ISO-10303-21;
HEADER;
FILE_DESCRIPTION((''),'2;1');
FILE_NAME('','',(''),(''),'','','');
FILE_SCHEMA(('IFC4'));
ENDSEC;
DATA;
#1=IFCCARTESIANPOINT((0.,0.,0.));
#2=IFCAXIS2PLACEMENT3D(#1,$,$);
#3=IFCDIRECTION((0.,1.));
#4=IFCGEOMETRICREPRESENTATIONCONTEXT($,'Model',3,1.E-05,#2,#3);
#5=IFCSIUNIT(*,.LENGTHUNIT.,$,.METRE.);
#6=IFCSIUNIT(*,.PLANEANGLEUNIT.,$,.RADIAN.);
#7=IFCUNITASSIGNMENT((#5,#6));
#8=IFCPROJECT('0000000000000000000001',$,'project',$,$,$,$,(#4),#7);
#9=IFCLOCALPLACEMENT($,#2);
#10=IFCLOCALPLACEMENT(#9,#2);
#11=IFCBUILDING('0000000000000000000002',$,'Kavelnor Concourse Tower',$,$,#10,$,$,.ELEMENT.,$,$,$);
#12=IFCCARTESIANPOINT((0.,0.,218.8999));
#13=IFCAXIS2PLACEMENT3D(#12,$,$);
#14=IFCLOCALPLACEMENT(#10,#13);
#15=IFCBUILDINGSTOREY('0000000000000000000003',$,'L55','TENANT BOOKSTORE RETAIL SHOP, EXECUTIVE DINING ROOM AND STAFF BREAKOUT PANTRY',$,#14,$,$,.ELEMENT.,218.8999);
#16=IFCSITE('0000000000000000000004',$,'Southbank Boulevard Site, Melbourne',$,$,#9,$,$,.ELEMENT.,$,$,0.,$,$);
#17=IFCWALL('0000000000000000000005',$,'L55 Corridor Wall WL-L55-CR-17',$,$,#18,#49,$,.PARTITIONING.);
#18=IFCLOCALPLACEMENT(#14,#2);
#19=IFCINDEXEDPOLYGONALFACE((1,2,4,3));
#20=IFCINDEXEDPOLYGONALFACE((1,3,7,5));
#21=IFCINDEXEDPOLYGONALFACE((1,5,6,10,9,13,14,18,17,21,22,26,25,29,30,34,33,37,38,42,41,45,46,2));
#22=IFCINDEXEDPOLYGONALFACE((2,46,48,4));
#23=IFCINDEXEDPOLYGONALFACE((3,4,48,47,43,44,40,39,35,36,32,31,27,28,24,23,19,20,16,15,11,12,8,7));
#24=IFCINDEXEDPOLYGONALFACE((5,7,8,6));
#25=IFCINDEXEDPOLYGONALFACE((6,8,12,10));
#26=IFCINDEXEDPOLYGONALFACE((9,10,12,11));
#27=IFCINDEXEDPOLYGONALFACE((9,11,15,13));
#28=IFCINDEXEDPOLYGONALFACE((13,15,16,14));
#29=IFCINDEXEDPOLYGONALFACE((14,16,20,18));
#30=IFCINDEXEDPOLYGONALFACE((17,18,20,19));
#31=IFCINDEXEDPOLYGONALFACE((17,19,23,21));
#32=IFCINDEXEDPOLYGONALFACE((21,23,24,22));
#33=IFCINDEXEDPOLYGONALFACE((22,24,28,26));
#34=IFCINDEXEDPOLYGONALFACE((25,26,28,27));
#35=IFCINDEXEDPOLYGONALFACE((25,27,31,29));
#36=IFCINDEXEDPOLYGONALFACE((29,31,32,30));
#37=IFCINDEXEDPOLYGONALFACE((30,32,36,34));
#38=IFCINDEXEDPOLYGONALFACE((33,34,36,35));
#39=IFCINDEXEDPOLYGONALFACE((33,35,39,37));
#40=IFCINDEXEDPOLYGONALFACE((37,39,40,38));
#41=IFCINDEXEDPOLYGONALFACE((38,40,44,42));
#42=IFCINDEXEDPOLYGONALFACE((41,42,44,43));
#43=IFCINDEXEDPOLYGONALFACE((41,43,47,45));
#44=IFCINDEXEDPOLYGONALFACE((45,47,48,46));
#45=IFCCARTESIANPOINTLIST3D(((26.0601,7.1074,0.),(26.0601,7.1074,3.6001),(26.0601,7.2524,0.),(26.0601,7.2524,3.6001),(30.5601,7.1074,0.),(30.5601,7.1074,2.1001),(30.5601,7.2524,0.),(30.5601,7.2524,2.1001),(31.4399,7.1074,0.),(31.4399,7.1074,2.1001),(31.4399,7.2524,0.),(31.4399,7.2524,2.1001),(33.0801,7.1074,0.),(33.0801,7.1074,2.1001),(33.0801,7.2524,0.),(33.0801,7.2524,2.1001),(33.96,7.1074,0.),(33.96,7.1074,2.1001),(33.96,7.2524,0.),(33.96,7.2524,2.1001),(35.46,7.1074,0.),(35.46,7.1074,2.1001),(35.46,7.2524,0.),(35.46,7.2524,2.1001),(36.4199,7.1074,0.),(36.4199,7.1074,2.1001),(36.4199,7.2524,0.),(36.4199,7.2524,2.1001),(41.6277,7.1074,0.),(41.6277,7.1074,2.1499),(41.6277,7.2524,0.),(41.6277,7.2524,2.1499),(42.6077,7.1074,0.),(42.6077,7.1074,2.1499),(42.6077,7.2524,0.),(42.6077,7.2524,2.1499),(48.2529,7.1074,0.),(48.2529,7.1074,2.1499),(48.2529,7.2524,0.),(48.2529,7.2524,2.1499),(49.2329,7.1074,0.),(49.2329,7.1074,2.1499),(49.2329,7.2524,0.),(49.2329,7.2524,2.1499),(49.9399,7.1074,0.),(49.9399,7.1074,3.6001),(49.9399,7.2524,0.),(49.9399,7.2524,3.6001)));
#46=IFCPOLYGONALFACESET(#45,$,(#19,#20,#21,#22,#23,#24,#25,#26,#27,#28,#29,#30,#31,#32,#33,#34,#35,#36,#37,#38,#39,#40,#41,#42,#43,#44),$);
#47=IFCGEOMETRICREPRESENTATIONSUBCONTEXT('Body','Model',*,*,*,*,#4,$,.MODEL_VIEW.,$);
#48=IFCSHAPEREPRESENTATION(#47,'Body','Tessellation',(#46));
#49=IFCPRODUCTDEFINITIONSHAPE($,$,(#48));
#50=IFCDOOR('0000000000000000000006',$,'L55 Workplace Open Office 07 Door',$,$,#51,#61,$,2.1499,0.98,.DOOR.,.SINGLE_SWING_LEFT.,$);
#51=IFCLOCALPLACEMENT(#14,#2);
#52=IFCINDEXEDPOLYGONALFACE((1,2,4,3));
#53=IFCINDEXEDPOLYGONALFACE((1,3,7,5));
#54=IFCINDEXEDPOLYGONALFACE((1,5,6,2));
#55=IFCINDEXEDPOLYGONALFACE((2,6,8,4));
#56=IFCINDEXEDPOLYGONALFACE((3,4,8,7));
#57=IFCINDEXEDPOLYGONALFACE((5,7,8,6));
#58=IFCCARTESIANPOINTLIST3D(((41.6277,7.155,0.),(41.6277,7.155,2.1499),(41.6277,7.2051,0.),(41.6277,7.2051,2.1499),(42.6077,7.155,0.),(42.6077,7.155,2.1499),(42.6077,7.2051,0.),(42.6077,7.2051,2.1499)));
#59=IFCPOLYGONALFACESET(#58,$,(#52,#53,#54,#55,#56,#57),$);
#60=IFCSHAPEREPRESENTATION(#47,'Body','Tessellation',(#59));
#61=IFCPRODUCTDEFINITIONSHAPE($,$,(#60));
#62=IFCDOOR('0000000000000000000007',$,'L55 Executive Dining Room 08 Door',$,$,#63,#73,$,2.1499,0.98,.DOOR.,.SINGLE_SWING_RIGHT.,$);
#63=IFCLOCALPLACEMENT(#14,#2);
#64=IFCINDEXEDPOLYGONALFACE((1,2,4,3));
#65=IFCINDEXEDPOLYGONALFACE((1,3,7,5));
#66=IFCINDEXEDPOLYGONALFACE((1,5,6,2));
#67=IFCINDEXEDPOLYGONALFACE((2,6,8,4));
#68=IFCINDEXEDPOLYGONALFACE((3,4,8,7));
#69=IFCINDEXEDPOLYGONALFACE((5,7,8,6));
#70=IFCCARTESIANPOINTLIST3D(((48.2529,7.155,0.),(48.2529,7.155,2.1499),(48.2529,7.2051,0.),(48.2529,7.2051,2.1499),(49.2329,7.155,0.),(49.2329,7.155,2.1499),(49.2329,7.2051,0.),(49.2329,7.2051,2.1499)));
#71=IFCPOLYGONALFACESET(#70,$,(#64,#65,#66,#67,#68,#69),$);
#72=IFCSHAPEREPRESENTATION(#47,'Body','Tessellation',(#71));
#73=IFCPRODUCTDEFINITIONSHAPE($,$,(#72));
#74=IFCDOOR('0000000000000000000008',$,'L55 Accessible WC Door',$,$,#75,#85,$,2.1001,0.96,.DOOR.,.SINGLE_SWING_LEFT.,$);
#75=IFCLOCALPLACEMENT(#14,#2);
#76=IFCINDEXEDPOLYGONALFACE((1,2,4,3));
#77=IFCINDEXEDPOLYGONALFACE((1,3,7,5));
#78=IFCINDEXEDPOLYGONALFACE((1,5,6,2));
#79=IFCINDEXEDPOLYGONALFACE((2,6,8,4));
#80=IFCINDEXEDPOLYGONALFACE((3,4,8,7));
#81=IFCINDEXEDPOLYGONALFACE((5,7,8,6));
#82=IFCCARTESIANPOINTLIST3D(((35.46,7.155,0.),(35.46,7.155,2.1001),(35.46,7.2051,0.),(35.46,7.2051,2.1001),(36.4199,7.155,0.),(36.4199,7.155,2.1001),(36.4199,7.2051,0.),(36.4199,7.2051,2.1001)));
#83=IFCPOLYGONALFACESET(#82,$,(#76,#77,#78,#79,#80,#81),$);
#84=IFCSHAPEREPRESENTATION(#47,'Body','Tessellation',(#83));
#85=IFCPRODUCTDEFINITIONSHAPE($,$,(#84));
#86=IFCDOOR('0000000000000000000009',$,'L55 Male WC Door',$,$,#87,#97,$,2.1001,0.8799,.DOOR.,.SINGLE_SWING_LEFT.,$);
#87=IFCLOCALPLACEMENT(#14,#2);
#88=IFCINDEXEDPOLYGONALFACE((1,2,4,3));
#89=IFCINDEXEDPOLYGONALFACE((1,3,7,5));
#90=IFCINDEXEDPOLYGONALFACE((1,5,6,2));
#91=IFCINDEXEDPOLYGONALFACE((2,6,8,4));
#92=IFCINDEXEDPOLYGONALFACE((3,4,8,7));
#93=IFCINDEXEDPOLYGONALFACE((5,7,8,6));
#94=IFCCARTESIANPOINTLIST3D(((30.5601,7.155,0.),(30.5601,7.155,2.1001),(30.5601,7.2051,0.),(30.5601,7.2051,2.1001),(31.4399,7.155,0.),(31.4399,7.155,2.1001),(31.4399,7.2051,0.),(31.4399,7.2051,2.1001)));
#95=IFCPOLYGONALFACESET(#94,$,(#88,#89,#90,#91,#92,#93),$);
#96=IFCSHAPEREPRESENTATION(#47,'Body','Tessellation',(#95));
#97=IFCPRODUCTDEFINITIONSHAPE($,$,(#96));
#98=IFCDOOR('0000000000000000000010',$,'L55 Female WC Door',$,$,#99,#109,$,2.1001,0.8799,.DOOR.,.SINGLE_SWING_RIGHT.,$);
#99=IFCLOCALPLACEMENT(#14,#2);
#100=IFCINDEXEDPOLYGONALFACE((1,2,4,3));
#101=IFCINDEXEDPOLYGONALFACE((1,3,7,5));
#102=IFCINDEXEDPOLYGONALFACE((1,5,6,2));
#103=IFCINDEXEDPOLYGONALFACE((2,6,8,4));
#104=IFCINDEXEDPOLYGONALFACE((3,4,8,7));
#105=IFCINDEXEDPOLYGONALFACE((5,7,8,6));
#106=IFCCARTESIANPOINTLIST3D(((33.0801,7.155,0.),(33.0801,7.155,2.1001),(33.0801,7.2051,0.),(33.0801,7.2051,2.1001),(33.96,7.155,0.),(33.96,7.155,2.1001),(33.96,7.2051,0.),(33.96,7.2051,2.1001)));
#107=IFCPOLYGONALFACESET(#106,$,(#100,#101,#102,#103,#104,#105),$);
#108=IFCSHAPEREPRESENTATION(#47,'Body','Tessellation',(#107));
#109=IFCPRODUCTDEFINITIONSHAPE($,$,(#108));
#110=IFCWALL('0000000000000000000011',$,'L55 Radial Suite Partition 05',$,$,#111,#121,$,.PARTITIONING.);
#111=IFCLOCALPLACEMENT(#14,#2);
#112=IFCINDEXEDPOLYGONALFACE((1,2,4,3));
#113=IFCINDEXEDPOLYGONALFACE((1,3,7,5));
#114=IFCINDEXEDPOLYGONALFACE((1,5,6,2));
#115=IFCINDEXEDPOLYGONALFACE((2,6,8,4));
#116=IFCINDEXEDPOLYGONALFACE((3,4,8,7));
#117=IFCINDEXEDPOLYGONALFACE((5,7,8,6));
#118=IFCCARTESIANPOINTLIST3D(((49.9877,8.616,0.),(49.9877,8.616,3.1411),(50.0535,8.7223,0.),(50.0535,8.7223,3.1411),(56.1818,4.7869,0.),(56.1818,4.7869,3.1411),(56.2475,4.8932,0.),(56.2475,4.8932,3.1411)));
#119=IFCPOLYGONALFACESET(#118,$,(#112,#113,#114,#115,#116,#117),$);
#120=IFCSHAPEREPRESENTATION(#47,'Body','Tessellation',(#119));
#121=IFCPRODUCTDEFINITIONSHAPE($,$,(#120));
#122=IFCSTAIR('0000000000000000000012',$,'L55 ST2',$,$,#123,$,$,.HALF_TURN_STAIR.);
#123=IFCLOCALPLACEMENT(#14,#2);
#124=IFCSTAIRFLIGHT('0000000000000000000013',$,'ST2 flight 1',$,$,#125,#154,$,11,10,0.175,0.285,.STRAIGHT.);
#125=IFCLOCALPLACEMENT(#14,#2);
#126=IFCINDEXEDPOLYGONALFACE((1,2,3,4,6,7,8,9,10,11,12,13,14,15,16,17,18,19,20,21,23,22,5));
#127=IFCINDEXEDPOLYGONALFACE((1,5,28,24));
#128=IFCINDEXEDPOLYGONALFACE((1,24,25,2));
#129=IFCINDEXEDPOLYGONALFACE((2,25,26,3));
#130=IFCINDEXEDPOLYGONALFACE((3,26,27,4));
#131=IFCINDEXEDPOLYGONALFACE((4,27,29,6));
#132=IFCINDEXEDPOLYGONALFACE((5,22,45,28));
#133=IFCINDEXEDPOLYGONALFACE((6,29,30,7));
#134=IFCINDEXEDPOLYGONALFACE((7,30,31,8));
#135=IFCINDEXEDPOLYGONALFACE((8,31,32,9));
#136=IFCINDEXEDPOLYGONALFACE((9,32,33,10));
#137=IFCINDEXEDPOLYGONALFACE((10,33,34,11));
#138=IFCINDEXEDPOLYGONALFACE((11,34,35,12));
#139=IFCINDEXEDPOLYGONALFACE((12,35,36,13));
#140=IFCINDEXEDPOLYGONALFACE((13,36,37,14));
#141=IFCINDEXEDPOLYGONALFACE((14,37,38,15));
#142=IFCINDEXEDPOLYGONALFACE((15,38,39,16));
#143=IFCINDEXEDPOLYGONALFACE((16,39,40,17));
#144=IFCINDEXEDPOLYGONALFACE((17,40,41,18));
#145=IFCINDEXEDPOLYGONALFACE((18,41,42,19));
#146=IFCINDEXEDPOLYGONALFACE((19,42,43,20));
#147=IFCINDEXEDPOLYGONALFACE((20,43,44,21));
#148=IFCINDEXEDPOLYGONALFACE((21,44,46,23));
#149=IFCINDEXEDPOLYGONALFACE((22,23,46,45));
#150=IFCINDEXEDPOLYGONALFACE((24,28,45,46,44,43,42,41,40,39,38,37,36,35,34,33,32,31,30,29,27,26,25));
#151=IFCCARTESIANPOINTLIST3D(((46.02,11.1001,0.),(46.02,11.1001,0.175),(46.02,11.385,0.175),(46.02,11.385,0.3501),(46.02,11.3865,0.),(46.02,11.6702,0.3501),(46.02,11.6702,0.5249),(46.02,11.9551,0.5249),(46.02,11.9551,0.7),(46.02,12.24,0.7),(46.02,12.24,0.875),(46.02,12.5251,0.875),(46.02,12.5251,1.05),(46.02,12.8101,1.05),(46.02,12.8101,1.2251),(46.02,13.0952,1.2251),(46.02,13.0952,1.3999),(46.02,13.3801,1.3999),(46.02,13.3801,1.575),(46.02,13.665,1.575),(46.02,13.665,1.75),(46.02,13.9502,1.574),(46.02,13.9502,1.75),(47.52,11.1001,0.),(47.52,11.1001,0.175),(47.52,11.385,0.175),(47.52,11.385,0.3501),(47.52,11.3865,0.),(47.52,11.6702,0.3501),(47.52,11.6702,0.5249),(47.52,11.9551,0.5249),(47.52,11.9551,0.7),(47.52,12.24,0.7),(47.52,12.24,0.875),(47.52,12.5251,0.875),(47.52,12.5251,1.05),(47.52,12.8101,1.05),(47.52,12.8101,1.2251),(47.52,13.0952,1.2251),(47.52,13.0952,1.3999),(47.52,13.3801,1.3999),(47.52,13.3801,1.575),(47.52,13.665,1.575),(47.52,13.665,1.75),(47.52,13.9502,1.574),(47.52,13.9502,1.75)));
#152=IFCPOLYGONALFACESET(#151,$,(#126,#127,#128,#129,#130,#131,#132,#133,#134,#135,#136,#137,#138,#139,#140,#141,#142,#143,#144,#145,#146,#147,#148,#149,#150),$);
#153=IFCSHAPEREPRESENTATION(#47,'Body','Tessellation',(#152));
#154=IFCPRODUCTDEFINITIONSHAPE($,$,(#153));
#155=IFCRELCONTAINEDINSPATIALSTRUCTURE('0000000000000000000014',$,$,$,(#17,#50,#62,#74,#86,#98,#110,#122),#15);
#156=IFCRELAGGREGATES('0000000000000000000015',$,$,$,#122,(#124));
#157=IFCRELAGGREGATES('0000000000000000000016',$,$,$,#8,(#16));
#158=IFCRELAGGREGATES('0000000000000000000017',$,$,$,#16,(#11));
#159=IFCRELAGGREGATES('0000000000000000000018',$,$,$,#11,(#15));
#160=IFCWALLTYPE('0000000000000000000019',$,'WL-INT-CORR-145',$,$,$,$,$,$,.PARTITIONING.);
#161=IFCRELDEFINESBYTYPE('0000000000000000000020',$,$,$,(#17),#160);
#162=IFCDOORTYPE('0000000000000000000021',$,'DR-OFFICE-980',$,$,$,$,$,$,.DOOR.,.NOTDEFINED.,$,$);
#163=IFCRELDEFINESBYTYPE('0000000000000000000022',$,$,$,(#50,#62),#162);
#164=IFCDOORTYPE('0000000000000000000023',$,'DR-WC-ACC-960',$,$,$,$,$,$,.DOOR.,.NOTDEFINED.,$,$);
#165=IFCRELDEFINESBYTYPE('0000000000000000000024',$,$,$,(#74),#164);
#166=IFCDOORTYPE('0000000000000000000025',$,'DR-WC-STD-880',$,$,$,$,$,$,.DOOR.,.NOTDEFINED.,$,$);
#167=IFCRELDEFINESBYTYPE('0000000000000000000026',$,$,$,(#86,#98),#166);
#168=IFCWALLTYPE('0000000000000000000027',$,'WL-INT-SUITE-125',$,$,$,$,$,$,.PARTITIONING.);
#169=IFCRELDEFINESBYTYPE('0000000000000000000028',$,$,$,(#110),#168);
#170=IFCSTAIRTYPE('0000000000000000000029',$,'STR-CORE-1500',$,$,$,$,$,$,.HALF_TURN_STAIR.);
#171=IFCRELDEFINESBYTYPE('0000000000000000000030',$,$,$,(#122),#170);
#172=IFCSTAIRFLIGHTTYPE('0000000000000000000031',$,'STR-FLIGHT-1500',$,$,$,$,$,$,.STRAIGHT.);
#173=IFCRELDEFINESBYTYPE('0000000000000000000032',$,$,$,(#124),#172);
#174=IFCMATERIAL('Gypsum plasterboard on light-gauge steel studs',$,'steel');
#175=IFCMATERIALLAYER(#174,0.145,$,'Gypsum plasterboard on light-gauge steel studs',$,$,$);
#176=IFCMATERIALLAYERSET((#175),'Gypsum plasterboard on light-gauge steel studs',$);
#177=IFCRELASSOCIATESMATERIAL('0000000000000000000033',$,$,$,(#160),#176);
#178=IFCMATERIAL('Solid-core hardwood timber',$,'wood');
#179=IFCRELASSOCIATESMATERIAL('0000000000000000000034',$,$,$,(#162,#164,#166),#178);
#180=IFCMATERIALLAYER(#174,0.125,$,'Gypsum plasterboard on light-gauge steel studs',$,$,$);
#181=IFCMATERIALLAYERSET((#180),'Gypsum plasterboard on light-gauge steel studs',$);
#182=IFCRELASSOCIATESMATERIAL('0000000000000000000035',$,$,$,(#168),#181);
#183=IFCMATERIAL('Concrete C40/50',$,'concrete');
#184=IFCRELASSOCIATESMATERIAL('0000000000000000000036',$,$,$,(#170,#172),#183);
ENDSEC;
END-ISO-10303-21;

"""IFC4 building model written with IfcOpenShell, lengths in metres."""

from ifc_helpers import new_model, si_unit, direction, frame, frame_2d, origin, place, context, subcontext, project, spatial, polyline, rectangle, outline, extrude, material, layer, layer_set, type_object, element, fill, aggregate, save


model = new_model("IFC4")

# Units and contexts
model_context = context("Model", 3, precision=1e-05, world=origin(), true_north=direction((0.0, 1.0)))
body_context = subcontext(model_context, "Body", "Model", "MODEL_VIEW")
ifc_project = project(units=[si_unit("LENGTHUNIT", "METRE"), si_unit("PLANEANGLEUNIT", "RADIAN")], contexts=[model_context])

# Site, building, storey
site_placement = place(None, origin())
site = spatial("IfcSite", under=ifc_project, at=site_placement, Name="Southbank Boulevard Site, Melbourne", CompositionType="ELEMENT", RefElevation=0.0)
building_placement = place(site_placement, origin())
building = spatial("IfcBuilding", under=site, at=building_placement, Name="Kavelnor Concourse Tower", CompositionType="ELEMENT")
storey_placement = place(building_placement, frame((0.0, 0.0, 218.8999)))
storey = spatial("IfcBuildingStorey", under=building, at=storey_placement, Name="L55", Description="TENANT BOOKSTORE RETAIL SHOP, EXECUTIVE DINING ROOM AND STAFF BREAKOUT PANTRY", CompositionType="ELEMENT", Elevation=218.8999)

# Shared definitions
ifc_material_1 = material(Name="Gypsum plasterboard on light-gauge steel studs", Category="steel")
ifc_layer_1 = layer(ifc_material_1, 0.145, Name="Gypsum plasterboard on light-gauge steel studs")
ifc_layer_set_1 = layer_set([ifc_layer_1], Name="Gypsum plasterboard on light-gauge steel studs")
wall_type_1 = type_object("IfcWallType", Name="WL-INT-CORR-145", PredefinedType="PARTITIONING", material=ifc_layer_set_1)
ifc_material_2 = material(Name="Solid-core hardwood timber", Category="wood")

# Wall, openings, doors
wall_1_placement = place(storey_placement, frame((49.9399, 7.1799, 0.0), z_axis=(0.0, 0.0, 1.0), x_axis=(-1.0, 0.0, 0.0)))
wall_1 = element("IfcWall", 1, at=wall_1_placement, inside=storey, type_object=wall_type_1, Name="L55 Corridor Wall WL-L55-CR-17", PredefinedType="PARTITIONING", context=body_context, shape_type="SweptSolid", body=[
    extrude(rectangle(XDim=23.8799, YDim=0.145, at=frame_2d((11.9399, 0.0))), origin(), (0.0, 0.0, 1.0), 3.6001),
])
opening_1_placement = place(wall_1_placement, frame((18.5, 0.0, 0.0)))
opening_1 = element("IfcOpeningElement", 2, at=opening_1_placement, cuts=wall_1, PredefinedType="OPENING", context=body_context, shape_type="SweptSolid", body=[
    extrude(rectangle(XDim=0.8799, YDim=2.1001, at=frame_2d((0.4399, 1.05))), frame((0.0, 0.0825, 0.0), z_axis=(0.0, -1.0, 0.0), x_axis=(1.0, 0.0, 0.0)), (0.0, 0.0, 1.0), 0.165),
])
opening_2_placement = place(wall_1_placement, frame((15.98, 0.0, 0.0)))
opening_2 = element("IfcOpeningElement", 3, at=opening_2_placement, cuts=wall_1, PredefinedType="OPENING", context=body_context, shape_type="SweptSolid", body=[
    extrude(rectangle(XDim=0.8799, YDim=2.1001, at=frame_2d((0.4399, 1.05))), frame((0.0, 0.0825, 0.0), z_axis=(0.0, -1.0, 0.0), x_axis=(1.0, 0.0, 0.0)), (0.0, 0.0, 1.0), 0.165),
])
opening_3_placement = place(wall_1_placement, frame((13.52, 0.0, 0.0)))
opening_3 = element("IfcOpeningElement", 4, at=opening_3_placement, cuts=wall_1, PredefinedType="OPENING", context=body_context, shape_type="SweptSolid", body=[
    extrude(rectangle(XDim=0.96, YDim=2.1001, at=frame_2d((0.48, 1.05))), frame((0.0, 0.0825, 0.0), z_axis=(0.0, -1.0, 0.0), x_axis=(1.0, 0.0, 0.0)), (0.0, 0.0, 1.0), 0.165),
])
opening_4_placement = place(wall_1_placement, frame((7.3323, 0.0, 0.0)))
opening_4 = element("IfcOpeningElement", 5, at=opening_4_placement, cuts=wall_1, PredefinedType="OPENING", context=body_context, shape_type="SweptSolid", body=[
    extrude(rectangle(XDim=0.98, YDim=2.1499, at=frame_2d((0.49, 1.075))), frame((0.0, 0.0825, 0.0), z_axis=(0.0, -1.0, 0.0), x_axis=(1.0, 0.0, 0.0)), (0.0, 0.0, 1.0), 0.165),
])
opening_5_placement = place(wall_1_placement, frame((0.707, 0.0, 0.0)))
opening_5 = element("IfcOpeningElement", 6, at=opening_5_placement, cuts=wall_1, PredefinedType="OPENING", context=body_context, shape_type="SweptSolid", body=[
    extrude(rectangle(XDim=0.98, YDim=2.1499, at=frame_2d((0.49, 1.075))), frame((0.0, 0.0825, 0.0), z_axis=(0.0, -1.0, 0.0), x_axis=(1.0, 0.0, 0.0)), (0.0, 0.0, 1.0), 0.165),
])
door_type_1 = type_object("IfcDoorType", Name="DR-OFFICE-980", OperationType="NOTDEFINED", PredefinedType="DOOR", material=ifc_material_2)
door_1_placement = place(opening_4_placement, origin())
door_1 = element("IfcDoor", 7, at=door_1_placement, inside=storey, type_object=door_type_1, Name="L55 Workplace Open Office 07 Door", OperationType="SINGLE_SWING_LEFT", OverallHeight=2.1499, OverallWidth=0.98, PredefinedType="DOOR", context=body_context, shape_type="SweptSolid", body=[
    extrude(rectangle(XDim=0.98, YDim=2.1499, at=frame_2d((0.49, 1.075))), frame((0.0, 0.0249, 0.0), z_axis=(0.0, -1.0, 0.0), x_axis=(1.0, 0.0, 0.0)), (0.0, 0.0, 1.0), 0.05),
])
fill(opening_4, door_1)
door_2_placement = place(opening_5_placement, origin())
door_2 = element("IfcDoor", 8, at=door_2_placement, inside=storey, type_object=door_type_1, Name="L55 Executive Dining Room 08 Door", OperationType="SINGLE_SWING_RIGHT", OverallHeight=2.1499, OverallWidth=0.98, PredefinedType="DOOR", context=body_context, shape_type="SweptSolid", body=[
    extrude(rectangle(XDim=0.98, YDim=2.1499, at=frame_2d((0.49, 1.075))), frame((0.0, 0.0249, 0.0), z_axis=(0.0, -1.0, 0.0), x_axis=(1.0, 0.0, 0.0)), (0.0, 0.0, 1.0), 0.05),
])
fill(opening_5, door_2)
door_type_2 = type_object("IfcDoorType", Name="DR-WC-ACC-960", OperationType="NOTDEFINED", PredefinedType="DOOR", material=ifc_material_2)
door_3_placement = place(opening_3_placement, origin())
door_3 = element("IfcDoor", 9, at=door_3_placement, inside=storey, type_object=door_type_2, Name="L55 Accessible WC Door", OperationType="SINGLE_SWING_LEFT", OverallHeight=2.1001, OverallWidth=0.96, PredefinedType="DOOR", context=body_context, shape_type="SweptSolid", body=[
    extrude(rectangle(XDim=0.96, YDim=2.1001, at=frame_2d((0.48, 1.05))), frame((0.0, 0.0249, 0.0), z_axis=(0.0, -1.0, 0.0), x_axis=(1.0, 0.0, 0.0)), (0.0, 0.0, 1.0), 0.05),
])
fill(opening_3, door_3)
door_type_3 = type_object("IfcDoorType", Name="DR-WC-STD-880", OperationType="NOTDEFINED", PredefinedType="DOOR", material=ifc_material_2)
door_4_placement = place(opening_1_placement, origin())
door_4 = element("IfcDoor", 10, at=door_4_placement, inside=storey, type_object=door_type_3, Name="L55 Male WC Door", OperationType="SINGLE_SWING_LEFT", OverallHeight=2.1001, OverallWidth=0.8799, PredefinedType="DOOR", context=body_context, shape_type="SweptSolid", body=[
    extrude(rectangle(XDim=0.8799, YDim=2.1001, at=frame_2d((0.4399, 1.05))), frame((0.0, 0.0249, 0.0), z_axis=(0.0, -1.0, 0.0), x_axis=(1.0, 0.0, 0.0)), (0.0, 0.0, 1.0), 0.05),
])
fill(opening_1, door_4)
door_5_placement = place(opening_2_placement, origin())
door_5 = element("IfcDoor", 11, at=door_5_placement, inside=storey, type_object=door_type_3, Name="L55 Female WC Door", OperationType="SINGLE_SWING_RIGHT", OverallHeight=2.1001, OverallWidth=0.8799, PredefinedType="DOOR", context=body_context, shape_type="SweptSolid", body=[
    extrude(rectangle(XDim=0.8799, YDim=2.1001, at=frame_2d((0.4399, 1.05))), frame((0.0, 0.0249, 0.0), z_axis=(0.0, -1.0, 0.0), x_axis=(1.0, 0.0, 0.0)), (0.0, 0.0, 1.0), 0.05),
])
fill(opening_2, door_5)

# Wall
ifc_layer_2 = layer(ifc_material_1, 0.125, Name="Gypsum plasterboard on light-gauge steel studs")
ifc_layer_set_2 = layer_set([ifc_layer_2], Name="Gypsum plasterboard on light-gauge steel studs")
wall_type_2 = type_object("IfcWallType", Name="WL-INT-SUITE-125", PredefinedType="PARTITIONING", material=ifc_layer_set_2)
wall_2_placement = place(storey_placement, frame((50.0205, 8.6692, 0.0), z_axis=(0.0, 0.0, 1.0), x_axis=(0.850593, -0.525825, 0.0)))
element("IfcWall", 12, at=wall_2_placement, inside=storey, type_object=wall_type_2, Name="L55 Radial Suite Partition 05", PredefinedType="PARTITIONING", context=body_context, shape_type="SweptSolid", body=[
    extrude(rectangle(XDim=7.282, YDim=0.125, at=frame_2d((3.6411, 0.0))), origin(), (0.0, 0.0, 1.0), 3.1411),
])

# Stair, stair flight
ifc_material_3 = material(Name="Concrete C40/50", Category="concrete")
stair_type = type_object("IfcStairType", Name="STR-CORE-1500", PredefinedType="HALF_TURN_STAIR", material=ifc_material_3)
stair_placement = place(storey_placement, origin())
stair = element("IfcStair", 13, at=stair_placement, inside=storey, type_object=stair_type, Name="L55 ST2", PredefinedType="HALF_TURN_STAIR")
stair_flight_type = type_object("IfcStairFlightType", Name="STR-FLIGHT-1500", PredefinedType="STRAIGHT", material=ifc_material_3)
stair_flight_placement = place(storey_placement, frame((46.77, 11.1001, 0.0), z_axis=(0.0, 0.0, 1.0), x_axis=(0.0, 1.0, 0.0)))
stair_flight = element("IfcStairFlight", 14, at=stair_flight_placement, type_object=stair_flight_type, Name="ST2 flight 1", NumberOfRisers=11, NumberOfTreads=10, PredefinedType="STRAIGHT", RiserHeight=0.175, TreadLength=0.285, context=body_context, shape_type="SweptSolid", body=[
    extrude(outline(polyline([(0.0, 0.0), (0.0, 0.175), (0.2849, 0.175), (0.2849, 0.3501), (0.5701, 0.3501), (0.5701, 0.5249), (0.855, 0.5249), (0.855, 0.7), (1.1399, 0.7), (1.1399, 0.875), (1.425, 0.875), (1.425, 1.05), (1.71, 1.05), (1.71, 1.2251), (1.9951, 1.2251), (1.9951, 1.3999), (2.28, 1.3999), (2.28, 1.575), (2.5649, 1.575), (2.5649, 1.75), (2.8501, 1.75), (2.8501, 1.925), (2.8501, 1.574), (0.2864, 0.0), (0.0, 0.0)])), frame((0.0, 0.75, 0.0), z_axis=(0.0, -1.0, 0.0), x_axis=(1.0, 0.0, 0.0)), (0.0, 0.0, 1.0), 1.5),
])
aggregate(stair, [stair_flight])

save(model, "model.ifc")
